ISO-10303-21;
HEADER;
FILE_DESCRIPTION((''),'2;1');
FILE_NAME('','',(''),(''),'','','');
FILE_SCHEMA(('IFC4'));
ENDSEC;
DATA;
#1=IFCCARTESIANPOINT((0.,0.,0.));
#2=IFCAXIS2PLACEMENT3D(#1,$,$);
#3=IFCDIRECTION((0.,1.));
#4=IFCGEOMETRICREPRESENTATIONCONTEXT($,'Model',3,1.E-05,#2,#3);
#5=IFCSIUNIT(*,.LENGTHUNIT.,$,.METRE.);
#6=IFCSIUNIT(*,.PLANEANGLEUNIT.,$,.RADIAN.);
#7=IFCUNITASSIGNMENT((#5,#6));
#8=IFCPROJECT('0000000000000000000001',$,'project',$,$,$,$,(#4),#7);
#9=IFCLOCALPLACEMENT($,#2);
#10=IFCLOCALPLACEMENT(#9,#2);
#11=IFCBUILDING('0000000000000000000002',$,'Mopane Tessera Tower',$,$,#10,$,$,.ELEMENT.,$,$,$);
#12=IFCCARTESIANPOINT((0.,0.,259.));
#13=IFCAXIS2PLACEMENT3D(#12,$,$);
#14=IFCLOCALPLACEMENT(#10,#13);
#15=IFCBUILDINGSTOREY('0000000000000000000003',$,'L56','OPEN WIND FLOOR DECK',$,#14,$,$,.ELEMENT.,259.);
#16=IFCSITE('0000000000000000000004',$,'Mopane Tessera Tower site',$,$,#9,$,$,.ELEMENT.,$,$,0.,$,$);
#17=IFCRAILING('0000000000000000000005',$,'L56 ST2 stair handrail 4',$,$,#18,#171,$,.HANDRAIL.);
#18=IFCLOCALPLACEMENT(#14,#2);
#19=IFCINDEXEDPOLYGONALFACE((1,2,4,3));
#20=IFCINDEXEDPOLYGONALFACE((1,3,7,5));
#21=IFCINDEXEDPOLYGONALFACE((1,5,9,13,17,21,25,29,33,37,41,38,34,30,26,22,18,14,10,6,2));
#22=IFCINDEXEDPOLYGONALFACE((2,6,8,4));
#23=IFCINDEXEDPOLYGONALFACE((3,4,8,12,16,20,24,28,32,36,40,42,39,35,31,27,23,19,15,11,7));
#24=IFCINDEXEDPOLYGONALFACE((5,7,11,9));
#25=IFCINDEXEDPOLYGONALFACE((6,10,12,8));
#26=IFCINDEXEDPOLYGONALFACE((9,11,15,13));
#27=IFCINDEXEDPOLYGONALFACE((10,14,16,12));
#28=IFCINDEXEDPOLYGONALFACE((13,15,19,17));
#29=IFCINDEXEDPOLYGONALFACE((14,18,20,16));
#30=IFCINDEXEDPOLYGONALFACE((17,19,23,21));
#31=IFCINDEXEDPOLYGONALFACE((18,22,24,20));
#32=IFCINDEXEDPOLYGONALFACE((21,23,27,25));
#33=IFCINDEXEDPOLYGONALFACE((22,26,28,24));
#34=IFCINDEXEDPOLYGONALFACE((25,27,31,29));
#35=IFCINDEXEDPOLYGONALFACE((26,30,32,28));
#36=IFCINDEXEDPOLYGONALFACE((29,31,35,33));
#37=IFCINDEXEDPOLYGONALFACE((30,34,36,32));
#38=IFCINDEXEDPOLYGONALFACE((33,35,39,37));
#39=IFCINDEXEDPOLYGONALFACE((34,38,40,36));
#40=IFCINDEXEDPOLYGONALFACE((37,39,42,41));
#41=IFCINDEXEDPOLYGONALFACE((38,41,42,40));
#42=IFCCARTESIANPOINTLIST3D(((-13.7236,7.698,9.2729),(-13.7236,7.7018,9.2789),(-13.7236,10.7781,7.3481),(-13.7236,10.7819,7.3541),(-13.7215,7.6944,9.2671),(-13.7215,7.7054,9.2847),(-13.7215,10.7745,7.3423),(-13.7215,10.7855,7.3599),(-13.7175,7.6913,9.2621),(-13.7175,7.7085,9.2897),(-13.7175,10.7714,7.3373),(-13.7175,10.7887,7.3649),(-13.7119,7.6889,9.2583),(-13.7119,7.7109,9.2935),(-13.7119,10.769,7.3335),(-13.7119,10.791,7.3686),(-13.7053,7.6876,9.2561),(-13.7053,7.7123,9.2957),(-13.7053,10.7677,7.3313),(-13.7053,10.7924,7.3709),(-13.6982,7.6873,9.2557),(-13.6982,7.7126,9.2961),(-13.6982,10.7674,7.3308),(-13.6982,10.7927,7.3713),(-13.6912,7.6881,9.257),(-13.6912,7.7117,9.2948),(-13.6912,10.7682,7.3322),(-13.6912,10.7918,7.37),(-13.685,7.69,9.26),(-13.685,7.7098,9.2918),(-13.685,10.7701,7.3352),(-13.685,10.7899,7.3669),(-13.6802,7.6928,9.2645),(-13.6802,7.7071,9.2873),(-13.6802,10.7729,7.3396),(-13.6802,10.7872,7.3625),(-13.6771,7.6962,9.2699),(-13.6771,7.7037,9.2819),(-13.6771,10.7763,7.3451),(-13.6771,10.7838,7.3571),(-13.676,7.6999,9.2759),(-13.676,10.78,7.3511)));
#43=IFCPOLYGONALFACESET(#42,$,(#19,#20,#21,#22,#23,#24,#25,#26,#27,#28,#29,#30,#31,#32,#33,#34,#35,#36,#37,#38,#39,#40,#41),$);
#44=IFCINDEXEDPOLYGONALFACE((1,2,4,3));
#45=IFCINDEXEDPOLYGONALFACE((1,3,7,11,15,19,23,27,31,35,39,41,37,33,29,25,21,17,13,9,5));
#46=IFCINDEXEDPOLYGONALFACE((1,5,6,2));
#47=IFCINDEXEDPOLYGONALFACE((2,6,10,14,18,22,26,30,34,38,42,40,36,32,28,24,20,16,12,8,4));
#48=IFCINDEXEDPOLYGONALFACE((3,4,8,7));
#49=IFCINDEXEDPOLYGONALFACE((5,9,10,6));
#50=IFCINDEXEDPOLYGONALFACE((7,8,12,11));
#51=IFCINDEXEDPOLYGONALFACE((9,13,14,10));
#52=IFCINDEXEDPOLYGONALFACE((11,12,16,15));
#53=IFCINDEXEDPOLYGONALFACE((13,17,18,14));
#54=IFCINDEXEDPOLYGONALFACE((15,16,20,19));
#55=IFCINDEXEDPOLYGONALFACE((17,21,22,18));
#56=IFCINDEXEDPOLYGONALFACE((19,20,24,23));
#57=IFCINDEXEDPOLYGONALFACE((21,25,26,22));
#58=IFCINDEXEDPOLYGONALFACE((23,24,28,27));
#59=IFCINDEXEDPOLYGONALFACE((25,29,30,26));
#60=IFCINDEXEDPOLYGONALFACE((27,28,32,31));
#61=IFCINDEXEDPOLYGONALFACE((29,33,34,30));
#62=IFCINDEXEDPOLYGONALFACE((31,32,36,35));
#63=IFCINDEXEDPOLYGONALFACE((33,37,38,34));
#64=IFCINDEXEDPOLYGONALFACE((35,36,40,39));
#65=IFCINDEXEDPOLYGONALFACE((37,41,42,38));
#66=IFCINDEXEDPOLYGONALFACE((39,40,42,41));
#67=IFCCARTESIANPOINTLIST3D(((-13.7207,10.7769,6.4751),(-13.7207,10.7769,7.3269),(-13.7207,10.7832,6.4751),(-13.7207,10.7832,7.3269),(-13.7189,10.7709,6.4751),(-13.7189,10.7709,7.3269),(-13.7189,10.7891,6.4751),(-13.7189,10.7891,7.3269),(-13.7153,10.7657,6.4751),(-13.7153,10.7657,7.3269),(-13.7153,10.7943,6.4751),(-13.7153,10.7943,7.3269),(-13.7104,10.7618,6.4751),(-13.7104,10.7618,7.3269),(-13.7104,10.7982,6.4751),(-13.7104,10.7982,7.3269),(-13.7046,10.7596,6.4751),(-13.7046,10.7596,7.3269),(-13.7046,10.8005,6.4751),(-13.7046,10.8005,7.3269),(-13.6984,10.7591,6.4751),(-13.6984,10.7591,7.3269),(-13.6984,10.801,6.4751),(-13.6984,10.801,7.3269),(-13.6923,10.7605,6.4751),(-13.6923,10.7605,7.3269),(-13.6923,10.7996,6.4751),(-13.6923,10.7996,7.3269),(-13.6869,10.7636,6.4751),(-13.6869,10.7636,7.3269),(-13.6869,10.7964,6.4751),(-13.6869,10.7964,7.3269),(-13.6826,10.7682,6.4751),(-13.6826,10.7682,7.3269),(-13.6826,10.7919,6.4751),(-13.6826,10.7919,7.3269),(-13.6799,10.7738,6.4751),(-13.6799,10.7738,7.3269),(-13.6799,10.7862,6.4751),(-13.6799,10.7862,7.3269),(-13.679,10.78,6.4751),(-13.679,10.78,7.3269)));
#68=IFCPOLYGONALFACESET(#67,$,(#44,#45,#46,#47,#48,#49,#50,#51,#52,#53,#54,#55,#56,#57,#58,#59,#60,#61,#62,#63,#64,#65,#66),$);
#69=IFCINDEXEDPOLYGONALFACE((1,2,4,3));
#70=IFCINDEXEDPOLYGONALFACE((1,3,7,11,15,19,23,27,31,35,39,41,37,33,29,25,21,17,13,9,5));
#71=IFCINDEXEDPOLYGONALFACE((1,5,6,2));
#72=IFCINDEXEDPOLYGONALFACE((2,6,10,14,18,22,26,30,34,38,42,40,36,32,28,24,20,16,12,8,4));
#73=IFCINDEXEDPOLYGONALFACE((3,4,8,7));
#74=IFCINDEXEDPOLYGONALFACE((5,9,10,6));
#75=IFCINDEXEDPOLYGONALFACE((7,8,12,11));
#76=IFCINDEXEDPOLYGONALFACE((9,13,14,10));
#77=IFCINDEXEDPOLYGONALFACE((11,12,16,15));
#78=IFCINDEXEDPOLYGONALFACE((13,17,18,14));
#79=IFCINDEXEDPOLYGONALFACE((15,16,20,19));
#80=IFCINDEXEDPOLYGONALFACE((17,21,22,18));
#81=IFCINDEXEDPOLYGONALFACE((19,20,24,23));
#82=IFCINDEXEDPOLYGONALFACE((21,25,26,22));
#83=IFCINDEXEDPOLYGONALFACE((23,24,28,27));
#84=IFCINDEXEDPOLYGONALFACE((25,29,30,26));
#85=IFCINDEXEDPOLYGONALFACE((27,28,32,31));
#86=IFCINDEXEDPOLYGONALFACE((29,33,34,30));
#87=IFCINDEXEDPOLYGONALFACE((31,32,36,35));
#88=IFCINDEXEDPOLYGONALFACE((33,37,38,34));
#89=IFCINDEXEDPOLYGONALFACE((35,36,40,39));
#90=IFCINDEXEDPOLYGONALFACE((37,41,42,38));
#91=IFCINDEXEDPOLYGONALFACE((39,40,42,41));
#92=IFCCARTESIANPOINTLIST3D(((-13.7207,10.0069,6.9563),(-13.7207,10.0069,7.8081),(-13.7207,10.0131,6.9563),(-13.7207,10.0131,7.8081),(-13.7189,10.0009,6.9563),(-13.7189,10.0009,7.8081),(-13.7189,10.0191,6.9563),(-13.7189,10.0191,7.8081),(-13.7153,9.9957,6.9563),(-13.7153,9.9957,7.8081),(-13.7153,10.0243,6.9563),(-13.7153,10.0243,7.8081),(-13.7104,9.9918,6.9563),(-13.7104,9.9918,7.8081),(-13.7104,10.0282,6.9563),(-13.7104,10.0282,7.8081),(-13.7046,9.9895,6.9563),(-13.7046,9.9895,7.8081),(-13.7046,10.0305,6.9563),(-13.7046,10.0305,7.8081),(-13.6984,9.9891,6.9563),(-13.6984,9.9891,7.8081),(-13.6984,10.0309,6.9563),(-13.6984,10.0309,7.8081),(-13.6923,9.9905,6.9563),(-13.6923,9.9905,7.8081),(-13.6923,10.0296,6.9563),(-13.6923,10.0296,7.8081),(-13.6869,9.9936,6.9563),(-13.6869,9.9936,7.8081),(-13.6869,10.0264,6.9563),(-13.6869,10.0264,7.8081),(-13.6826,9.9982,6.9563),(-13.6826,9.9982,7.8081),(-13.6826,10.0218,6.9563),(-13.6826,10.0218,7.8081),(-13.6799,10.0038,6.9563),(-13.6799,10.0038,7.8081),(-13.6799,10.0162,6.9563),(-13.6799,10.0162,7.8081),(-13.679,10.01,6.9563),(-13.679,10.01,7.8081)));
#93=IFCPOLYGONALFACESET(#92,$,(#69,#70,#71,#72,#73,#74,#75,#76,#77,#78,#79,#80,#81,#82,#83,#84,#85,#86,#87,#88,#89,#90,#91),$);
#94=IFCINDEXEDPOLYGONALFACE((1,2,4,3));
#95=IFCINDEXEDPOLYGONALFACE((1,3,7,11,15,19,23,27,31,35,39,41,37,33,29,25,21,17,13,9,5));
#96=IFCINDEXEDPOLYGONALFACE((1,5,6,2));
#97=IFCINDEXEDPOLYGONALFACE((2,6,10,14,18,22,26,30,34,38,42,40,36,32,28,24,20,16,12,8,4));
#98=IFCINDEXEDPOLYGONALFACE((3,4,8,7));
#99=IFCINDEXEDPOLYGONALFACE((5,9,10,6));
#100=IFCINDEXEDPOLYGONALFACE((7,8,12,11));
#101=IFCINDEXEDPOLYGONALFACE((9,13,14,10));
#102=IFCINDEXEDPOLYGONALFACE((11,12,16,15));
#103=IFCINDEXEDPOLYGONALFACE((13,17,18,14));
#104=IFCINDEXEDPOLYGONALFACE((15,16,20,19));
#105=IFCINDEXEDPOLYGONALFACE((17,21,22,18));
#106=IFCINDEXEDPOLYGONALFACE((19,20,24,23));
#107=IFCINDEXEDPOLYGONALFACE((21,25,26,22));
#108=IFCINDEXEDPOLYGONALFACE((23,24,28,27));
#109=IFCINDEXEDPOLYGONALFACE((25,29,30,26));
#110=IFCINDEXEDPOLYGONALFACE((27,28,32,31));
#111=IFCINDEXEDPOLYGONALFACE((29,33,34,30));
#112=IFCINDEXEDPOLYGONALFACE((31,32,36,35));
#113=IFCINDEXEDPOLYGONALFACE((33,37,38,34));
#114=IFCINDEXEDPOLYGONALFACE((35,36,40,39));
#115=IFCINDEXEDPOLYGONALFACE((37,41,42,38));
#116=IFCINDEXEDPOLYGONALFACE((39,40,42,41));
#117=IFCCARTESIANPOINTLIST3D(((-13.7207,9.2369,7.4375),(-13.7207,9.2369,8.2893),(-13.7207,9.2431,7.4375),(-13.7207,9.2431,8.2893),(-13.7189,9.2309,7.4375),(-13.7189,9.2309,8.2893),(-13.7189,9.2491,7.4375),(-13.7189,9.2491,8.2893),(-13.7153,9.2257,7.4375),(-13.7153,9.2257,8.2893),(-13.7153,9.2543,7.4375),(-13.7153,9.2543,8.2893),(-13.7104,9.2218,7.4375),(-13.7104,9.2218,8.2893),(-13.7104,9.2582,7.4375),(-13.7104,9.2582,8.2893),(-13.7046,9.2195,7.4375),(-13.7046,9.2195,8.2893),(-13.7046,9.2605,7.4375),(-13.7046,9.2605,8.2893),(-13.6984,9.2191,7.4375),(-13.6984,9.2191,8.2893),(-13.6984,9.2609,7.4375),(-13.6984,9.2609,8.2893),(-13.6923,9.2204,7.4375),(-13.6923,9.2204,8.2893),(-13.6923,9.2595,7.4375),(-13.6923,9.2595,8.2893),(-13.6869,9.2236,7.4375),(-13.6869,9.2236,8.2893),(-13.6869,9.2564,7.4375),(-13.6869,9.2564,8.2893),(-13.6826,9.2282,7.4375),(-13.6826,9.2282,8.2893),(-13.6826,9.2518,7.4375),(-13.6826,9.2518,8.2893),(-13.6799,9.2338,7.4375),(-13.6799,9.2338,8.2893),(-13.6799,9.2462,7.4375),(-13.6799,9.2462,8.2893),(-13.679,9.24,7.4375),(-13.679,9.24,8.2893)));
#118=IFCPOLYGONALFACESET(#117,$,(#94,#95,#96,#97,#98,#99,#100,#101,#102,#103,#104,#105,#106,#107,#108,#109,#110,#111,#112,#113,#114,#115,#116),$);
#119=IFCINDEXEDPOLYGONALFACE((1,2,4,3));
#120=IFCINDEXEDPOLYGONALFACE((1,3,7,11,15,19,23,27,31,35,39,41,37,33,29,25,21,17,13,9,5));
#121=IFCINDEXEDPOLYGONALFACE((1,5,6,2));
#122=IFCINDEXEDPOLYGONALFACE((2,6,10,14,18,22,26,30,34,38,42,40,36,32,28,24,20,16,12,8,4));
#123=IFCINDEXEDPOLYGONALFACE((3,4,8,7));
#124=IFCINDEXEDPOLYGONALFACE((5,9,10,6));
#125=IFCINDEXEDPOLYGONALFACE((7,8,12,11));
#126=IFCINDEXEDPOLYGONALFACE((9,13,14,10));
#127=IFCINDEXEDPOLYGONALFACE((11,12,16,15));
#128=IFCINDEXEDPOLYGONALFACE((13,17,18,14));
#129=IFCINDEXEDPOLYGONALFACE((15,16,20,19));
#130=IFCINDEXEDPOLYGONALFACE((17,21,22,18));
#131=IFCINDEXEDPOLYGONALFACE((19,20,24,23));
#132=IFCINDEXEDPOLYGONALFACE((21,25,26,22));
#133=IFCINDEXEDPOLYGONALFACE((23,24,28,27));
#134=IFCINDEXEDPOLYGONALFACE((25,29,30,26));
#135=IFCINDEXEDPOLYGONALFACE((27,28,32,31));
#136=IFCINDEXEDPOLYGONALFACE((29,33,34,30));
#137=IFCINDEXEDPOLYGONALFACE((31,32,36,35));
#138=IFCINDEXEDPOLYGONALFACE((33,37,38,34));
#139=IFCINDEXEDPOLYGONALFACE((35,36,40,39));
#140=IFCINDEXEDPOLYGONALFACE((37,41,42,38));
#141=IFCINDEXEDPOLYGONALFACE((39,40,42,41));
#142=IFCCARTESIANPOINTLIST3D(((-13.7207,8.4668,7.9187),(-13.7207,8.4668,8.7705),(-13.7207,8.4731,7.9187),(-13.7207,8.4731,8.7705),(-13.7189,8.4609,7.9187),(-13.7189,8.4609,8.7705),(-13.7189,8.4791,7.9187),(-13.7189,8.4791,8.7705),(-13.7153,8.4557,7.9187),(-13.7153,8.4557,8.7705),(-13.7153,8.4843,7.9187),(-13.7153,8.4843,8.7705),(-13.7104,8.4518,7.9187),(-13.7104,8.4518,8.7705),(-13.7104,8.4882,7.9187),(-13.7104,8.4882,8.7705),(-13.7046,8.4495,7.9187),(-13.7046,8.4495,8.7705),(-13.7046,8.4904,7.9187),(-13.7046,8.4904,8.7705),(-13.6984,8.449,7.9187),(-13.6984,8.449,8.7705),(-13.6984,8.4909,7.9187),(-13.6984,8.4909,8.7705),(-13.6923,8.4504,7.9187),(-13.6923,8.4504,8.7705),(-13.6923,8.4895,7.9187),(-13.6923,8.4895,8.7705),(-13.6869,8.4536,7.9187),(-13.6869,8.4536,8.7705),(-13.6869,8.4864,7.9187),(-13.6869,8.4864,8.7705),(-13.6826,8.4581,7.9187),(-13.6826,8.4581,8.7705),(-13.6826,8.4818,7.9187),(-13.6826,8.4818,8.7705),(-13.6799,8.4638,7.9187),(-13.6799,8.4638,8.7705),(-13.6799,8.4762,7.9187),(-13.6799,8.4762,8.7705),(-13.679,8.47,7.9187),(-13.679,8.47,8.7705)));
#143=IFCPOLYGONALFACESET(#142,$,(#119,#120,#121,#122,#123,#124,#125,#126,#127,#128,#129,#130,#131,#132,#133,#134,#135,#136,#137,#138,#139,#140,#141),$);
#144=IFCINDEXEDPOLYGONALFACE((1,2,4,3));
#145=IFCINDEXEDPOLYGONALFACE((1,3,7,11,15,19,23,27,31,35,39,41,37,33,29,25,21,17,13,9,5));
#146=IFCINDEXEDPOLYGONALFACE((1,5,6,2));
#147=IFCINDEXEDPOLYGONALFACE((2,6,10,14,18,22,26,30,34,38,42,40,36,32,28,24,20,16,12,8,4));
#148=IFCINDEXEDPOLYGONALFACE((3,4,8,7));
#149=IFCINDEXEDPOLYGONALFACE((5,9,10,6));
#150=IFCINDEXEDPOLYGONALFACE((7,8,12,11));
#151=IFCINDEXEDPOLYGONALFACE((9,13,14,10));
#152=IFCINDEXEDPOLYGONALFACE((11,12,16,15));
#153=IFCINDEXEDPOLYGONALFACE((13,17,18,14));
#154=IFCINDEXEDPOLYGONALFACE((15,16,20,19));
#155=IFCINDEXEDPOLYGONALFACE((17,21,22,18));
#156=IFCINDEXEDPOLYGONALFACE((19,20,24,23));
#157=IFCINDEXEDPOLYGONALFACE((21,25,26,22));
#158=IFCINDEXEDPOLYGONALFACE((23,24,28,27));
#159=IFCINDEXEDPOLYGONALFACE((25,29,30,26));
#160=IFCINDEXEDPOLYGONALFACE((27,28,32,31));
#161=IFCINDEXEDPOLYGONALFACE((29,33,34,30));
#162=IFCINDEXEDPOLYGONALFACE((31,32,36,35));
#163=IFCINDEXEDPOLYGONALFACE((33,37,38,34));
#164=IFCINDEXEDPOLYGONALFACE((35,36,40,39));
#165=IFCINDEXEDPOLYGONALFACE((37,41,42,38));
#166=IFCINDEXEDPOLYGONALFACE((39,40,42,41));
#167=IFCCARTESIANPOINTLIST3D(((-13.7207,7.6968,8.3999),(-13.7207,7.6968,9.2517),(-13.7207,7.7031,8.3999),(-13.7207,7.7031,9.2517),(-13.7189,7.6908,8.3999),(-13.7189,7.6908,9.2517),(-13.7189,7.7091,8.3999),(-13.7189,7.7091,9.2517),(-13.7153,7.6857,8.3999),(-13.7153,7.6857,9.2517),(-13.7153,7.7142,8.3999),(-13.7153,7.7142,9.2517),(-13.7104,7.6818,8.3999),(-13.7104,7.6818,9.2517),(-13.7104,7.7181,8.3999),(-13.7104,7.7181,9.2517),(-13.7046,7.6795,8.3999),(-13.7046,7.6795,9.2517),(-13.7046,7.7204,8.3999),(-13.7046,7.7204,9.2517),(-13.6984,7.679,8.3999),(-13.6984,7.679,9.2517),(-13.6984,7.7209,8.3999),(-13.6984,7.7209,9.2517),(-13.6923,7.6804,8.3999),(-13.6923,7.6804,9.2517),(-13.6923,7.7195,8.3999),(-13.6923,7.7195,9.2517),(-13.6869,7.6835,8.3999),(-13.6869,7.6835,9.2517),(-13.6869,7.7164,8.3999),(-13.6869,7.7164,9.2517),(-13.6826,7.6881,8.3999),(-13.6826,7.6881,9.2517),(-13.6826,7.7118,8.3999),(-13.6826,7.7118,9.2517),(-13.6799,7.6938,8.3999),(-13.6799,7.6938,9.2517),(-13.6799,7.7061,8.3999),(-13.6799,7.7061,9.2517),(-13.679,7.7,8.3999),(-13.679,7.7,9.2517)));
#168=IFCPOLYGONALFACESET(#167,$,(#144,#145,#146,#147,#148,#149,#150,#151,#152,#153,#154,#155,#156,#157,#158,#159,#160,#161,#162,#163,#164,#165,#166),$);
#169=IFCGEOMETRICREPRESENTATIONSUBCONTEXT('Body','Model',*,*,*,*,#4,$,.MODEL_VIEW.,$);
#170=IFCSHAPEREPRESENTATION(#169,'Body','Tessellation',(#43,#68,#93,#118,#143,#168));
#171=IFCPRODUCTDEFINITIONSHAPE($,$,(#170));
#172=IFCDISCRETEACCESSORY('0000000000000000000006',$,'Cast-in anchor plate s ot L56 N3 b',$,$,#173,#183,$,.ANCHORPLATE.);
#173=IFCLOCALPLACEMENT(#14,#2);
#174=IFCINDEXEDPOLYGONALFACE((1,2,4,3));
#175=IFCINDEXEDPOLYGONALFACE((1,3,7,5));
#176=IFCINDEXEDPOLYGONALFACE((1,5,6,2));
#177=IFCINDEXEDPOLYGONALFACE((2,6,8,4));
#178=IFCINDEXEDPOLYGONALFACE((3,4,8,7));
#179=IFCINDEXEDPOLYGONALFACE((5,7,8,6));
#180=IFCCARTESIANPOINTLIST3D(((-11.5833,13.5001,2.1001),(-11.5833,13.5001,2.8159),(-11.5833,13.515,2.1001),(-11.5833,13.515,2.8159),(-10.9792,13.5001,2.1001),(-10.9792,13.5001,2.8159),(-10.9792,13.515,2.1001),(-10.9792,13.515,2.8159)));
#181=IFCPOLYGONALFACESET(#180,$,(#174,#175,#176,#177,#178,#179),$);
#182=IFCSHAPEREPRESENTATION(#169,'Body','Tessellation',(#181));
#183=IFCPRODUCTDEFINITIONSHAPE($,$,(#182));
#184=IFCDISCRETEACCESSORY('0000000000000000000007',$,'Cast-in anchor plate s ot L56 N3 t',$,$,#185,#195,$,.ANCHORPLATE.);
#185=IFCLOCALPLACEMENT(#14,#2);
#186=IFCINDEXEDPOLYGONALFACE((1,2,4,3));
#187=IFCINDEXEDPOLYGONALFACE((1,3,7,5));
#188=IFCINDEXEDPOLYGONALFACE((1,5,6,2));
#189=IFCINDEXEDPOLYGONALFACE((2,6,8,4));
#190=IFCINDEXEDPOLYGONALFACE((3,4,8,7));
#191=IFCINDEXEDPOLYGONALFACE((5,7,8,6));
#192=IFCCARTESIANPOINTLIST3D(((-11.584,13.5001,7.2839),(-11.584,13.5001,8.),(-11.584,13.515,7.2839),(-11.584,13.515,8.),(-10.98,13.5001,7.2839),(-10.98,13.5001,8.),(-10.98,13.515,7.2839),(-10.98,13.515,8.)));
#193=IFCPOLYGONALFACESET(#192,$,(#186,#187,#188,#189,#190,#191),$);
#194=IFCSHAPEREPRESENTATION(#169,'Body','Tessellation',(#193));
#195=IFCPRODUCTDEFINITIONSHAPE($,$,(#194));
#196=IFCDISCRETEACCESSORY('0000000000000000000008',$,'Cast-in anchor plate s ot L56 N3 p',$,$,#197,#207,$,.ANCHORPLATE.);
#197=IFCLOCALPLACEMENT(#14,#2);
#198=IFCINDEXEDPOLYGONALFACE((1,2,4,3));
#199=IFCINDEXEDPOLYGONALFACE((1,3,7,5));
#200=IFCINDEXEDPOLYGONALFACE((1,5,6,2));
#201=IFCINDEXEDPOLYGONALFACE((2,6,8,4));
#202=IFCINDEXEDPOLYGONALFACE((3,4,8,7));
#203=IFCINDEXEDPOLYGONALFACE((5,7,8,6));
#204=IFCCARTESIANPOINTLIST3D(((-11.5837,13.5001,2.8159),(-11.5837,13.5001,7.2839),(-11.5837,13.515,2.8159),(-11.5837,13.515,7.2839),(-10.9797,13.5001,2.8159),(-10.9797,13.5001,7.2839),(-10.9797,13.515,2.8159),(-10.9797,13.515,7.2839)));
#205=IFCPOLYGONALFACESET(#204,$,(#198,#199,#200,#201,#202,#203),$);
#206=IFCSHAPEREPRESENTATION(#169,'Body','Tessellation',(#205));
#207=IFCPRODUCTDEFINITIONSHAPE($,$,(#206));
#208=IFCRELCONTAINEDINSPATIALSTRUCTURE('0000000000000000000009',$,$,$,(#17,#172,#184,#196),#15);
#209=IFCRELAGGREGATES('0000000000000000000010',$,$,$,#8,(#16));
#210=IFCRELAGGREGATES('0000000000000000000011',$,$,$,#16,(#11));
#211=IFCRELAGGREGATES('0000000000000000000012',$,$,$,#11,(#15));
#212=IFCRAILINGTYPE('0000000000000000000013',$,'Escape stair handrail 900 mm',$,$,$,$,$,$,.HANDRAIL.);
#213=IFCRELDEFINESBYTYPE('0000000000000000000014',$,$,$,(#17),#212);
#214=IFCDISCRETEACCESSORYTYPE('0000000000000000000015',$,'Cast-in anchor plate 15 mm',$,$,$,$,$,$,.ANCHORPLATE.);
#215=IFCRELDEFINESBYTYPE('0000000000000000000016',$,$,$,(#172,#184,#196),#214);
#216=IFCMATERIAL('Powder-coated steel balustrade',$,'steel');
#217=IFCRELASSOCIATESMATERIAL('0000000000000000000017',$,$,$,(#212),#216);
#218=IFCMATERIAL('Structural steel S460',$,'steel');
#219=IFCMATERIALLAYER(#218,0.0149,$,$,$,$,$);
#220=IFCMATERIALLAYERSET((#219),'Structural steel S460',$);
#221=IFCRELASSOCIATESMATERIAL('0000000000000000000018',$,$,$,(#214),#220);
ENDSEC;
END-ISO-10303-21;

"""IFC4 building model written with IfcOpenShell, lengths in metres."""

from ifc_helpers import new_model, si_unit, direction, frame, origin, origin_2d, place, context, subcontext, project, spatial, rectangle, circle, extrude, material, layer, layer_set, type_object, element, save


model = new_model("IFC4")

# Units and contexts
model_context = context("Model", 3, precision=1e-05, world=origin(), true_north=direction((0.0, 1.0)))
body_context = subcontext(model_context, "Body", "Model", "MODEL_VIEW")
ifc_project = project(units=[si_unit("LENGTHUNIT", "METRE"), si_unit("PLANEANGLEUNIT", "RADIAN")], contexts=[model_context])

# Site, building, storey
site_placement = place(None, origin())
site = spatial("IfcSite", under=ifc_project, at=site_placement, Name="Mopane Tessera Tower site", CompositionType="ELEMENT", RefElevation=0.0)
building_placement = place(site_placement, origin())
building = spatial("IfcBuilding", under=site, at=building_placement, Name="Mopane Tessera Tower", CompositionType="ELEMENT")
storey_placement = place(building_placement, frame((0.0, 0.0, 259.0)))
storey = spatial("IfcBuildingStorey", under=building, at=storey_placement, Name="L56", Description="OPEN WIND FLOOR DECK", CompositionType="ELEMENT", Elevation=259.0)

# Railing
ifc_material_1 = material(Name="Powder-coated steel balustrade", Category="steel")
railing_type_1 = type_object("IfcRailingType", Name="Escape stair handrail 900 mm", PredefinedType="HANDRAIL", material=ifc_material_1)
railing_1_placement = place(storey_placement, frame((-13.7, 10.78, 6.4751)))
element("IfcRailing", 1, at=railing_1_placement, inside=storey, type_object=railing_type_1, Name="L56 ST2 stair handrail 4", PredefinedType="HANDRAIL", context=body_context, shape_type="SweptSolid", body=[
    extrude(circle(Radius=0.0239, at=origin_2d()), frame((0.0, 0.0, 0.876), z_axis=(0.0, -0.848029, 0.529951), x_axis=(1.0, 0.0, 0.0)), (0.0, 0.0, 1.0), 3.6321),
    extrude(circle(Radius=0.021, at=origin_2d()), origin(), (0.0, 0.0, 1.0), 0.8518),
    extrude(circle(Radius=0.021, at=origin_2d()), frame((0.0, -0.77, 0.4812)), (0.0, 0.0, 1.0), 0.8518),
    extrude(circle(Radius=0.021, at=origin_2d()), frame((0.0, -1.54, 0.9624)), (0.0, 0.0, 1.0), 0.8518),
    extrude(circle(Radius=0.021, at=origin_2d()), frame((0.0, -2.3101, 1.4436)), (0.0, 0.0, 1.0), 0.8518),
    extrude(circle(Radius=0.021, at=origin_2d()), frame((0.0, -3.0801, 1.9248)), (0.0, 0.0, 1.0), 0.8518),
])

# Discrete accessories
ifc_material_2 = material(Name="Structural steel S460", Category="steel")
ifc_layer_1 = layer(ifc_material_2, 0.0149)
ifc_layer_set_1 = layer_set([ifc_layer_1], Name="Structural steel S460")
discrete_accessory_type_1 = type_object("IfcDiscreteAccessoryType", Name="Cast-in anchor plate 15 mm", PredefinedType="ANCHORPLATE", material=ifc_layer_set_1)
discrete_accessory_1_placement = place(storey_placement, frame((-11.2812, 13.5076, 2.1001), z_axis=(0.0, 0.0, 1.0), x_axis=(0.0, 1.0, 0.0)))
element("IfcDiscreteAccessory", 2, at=discrete_accessory_1_placement, inside=storey, type_object=discrete_accessory_type_1, Name="Cast-in anchor plate s ot L56 N3 b", PredefinedType="ANCHORPLATE", context=body_context, shape_type="SweptSolid", body=[
    extrude(rectangle(XDim=0.0149, YDim=0.604, at=origin_2d()), origin(), (0.0, 0.0, 1.0), 0.7158),
])
discrete_accessory_2_placement = place(storey_placement, frame((-11.282, 13.5076, 7.2839), z_axis=(0.0, 0.0, 1.0), x_axis=(0.0, 1.0, 0.0)))
element("IfcDiscreteAccessory", 3, at=discrete_accessory_2_placement, inside=storey, type_object=discrete_accessory_type_1, Name="Cast-in anchor plate s ot L56 N3 t", PredefinedType="ANCHORPLATE", context=body_context, shape_type="SweptSolid", body=[
    extrude(rectangle(XDim=0.0149, YDim=0.604, at=origin_2d()), origin(), (0.0, 0.0, 1.0), 0.7161),
])
discrete_accessory_3_placement = place(storey_placement, frame((-11.2817, 13.5076, 2.8159), z_axis=(0.0, 0.0, 1.0), x_axis=(0.0, 1.0, 0.0)))
element("IfcDiscreteAccessory", 4, at=discrete_accessory_3_placement, inside=storey, type_object=discrete_accessory_type_1, Name="Cast-in anchor plate s ot L56 N3 p", PredefinedType="ANCHORPLATE", context=body_context, shape_type="SweptSolid", body=[
    extrude(rectangle(XDim=0.0149, YDim=0.604, at=origin_2d()), origin(), (0.0, 0.0, 1.0), 4.468),
])

save(model, "model.ifc")
